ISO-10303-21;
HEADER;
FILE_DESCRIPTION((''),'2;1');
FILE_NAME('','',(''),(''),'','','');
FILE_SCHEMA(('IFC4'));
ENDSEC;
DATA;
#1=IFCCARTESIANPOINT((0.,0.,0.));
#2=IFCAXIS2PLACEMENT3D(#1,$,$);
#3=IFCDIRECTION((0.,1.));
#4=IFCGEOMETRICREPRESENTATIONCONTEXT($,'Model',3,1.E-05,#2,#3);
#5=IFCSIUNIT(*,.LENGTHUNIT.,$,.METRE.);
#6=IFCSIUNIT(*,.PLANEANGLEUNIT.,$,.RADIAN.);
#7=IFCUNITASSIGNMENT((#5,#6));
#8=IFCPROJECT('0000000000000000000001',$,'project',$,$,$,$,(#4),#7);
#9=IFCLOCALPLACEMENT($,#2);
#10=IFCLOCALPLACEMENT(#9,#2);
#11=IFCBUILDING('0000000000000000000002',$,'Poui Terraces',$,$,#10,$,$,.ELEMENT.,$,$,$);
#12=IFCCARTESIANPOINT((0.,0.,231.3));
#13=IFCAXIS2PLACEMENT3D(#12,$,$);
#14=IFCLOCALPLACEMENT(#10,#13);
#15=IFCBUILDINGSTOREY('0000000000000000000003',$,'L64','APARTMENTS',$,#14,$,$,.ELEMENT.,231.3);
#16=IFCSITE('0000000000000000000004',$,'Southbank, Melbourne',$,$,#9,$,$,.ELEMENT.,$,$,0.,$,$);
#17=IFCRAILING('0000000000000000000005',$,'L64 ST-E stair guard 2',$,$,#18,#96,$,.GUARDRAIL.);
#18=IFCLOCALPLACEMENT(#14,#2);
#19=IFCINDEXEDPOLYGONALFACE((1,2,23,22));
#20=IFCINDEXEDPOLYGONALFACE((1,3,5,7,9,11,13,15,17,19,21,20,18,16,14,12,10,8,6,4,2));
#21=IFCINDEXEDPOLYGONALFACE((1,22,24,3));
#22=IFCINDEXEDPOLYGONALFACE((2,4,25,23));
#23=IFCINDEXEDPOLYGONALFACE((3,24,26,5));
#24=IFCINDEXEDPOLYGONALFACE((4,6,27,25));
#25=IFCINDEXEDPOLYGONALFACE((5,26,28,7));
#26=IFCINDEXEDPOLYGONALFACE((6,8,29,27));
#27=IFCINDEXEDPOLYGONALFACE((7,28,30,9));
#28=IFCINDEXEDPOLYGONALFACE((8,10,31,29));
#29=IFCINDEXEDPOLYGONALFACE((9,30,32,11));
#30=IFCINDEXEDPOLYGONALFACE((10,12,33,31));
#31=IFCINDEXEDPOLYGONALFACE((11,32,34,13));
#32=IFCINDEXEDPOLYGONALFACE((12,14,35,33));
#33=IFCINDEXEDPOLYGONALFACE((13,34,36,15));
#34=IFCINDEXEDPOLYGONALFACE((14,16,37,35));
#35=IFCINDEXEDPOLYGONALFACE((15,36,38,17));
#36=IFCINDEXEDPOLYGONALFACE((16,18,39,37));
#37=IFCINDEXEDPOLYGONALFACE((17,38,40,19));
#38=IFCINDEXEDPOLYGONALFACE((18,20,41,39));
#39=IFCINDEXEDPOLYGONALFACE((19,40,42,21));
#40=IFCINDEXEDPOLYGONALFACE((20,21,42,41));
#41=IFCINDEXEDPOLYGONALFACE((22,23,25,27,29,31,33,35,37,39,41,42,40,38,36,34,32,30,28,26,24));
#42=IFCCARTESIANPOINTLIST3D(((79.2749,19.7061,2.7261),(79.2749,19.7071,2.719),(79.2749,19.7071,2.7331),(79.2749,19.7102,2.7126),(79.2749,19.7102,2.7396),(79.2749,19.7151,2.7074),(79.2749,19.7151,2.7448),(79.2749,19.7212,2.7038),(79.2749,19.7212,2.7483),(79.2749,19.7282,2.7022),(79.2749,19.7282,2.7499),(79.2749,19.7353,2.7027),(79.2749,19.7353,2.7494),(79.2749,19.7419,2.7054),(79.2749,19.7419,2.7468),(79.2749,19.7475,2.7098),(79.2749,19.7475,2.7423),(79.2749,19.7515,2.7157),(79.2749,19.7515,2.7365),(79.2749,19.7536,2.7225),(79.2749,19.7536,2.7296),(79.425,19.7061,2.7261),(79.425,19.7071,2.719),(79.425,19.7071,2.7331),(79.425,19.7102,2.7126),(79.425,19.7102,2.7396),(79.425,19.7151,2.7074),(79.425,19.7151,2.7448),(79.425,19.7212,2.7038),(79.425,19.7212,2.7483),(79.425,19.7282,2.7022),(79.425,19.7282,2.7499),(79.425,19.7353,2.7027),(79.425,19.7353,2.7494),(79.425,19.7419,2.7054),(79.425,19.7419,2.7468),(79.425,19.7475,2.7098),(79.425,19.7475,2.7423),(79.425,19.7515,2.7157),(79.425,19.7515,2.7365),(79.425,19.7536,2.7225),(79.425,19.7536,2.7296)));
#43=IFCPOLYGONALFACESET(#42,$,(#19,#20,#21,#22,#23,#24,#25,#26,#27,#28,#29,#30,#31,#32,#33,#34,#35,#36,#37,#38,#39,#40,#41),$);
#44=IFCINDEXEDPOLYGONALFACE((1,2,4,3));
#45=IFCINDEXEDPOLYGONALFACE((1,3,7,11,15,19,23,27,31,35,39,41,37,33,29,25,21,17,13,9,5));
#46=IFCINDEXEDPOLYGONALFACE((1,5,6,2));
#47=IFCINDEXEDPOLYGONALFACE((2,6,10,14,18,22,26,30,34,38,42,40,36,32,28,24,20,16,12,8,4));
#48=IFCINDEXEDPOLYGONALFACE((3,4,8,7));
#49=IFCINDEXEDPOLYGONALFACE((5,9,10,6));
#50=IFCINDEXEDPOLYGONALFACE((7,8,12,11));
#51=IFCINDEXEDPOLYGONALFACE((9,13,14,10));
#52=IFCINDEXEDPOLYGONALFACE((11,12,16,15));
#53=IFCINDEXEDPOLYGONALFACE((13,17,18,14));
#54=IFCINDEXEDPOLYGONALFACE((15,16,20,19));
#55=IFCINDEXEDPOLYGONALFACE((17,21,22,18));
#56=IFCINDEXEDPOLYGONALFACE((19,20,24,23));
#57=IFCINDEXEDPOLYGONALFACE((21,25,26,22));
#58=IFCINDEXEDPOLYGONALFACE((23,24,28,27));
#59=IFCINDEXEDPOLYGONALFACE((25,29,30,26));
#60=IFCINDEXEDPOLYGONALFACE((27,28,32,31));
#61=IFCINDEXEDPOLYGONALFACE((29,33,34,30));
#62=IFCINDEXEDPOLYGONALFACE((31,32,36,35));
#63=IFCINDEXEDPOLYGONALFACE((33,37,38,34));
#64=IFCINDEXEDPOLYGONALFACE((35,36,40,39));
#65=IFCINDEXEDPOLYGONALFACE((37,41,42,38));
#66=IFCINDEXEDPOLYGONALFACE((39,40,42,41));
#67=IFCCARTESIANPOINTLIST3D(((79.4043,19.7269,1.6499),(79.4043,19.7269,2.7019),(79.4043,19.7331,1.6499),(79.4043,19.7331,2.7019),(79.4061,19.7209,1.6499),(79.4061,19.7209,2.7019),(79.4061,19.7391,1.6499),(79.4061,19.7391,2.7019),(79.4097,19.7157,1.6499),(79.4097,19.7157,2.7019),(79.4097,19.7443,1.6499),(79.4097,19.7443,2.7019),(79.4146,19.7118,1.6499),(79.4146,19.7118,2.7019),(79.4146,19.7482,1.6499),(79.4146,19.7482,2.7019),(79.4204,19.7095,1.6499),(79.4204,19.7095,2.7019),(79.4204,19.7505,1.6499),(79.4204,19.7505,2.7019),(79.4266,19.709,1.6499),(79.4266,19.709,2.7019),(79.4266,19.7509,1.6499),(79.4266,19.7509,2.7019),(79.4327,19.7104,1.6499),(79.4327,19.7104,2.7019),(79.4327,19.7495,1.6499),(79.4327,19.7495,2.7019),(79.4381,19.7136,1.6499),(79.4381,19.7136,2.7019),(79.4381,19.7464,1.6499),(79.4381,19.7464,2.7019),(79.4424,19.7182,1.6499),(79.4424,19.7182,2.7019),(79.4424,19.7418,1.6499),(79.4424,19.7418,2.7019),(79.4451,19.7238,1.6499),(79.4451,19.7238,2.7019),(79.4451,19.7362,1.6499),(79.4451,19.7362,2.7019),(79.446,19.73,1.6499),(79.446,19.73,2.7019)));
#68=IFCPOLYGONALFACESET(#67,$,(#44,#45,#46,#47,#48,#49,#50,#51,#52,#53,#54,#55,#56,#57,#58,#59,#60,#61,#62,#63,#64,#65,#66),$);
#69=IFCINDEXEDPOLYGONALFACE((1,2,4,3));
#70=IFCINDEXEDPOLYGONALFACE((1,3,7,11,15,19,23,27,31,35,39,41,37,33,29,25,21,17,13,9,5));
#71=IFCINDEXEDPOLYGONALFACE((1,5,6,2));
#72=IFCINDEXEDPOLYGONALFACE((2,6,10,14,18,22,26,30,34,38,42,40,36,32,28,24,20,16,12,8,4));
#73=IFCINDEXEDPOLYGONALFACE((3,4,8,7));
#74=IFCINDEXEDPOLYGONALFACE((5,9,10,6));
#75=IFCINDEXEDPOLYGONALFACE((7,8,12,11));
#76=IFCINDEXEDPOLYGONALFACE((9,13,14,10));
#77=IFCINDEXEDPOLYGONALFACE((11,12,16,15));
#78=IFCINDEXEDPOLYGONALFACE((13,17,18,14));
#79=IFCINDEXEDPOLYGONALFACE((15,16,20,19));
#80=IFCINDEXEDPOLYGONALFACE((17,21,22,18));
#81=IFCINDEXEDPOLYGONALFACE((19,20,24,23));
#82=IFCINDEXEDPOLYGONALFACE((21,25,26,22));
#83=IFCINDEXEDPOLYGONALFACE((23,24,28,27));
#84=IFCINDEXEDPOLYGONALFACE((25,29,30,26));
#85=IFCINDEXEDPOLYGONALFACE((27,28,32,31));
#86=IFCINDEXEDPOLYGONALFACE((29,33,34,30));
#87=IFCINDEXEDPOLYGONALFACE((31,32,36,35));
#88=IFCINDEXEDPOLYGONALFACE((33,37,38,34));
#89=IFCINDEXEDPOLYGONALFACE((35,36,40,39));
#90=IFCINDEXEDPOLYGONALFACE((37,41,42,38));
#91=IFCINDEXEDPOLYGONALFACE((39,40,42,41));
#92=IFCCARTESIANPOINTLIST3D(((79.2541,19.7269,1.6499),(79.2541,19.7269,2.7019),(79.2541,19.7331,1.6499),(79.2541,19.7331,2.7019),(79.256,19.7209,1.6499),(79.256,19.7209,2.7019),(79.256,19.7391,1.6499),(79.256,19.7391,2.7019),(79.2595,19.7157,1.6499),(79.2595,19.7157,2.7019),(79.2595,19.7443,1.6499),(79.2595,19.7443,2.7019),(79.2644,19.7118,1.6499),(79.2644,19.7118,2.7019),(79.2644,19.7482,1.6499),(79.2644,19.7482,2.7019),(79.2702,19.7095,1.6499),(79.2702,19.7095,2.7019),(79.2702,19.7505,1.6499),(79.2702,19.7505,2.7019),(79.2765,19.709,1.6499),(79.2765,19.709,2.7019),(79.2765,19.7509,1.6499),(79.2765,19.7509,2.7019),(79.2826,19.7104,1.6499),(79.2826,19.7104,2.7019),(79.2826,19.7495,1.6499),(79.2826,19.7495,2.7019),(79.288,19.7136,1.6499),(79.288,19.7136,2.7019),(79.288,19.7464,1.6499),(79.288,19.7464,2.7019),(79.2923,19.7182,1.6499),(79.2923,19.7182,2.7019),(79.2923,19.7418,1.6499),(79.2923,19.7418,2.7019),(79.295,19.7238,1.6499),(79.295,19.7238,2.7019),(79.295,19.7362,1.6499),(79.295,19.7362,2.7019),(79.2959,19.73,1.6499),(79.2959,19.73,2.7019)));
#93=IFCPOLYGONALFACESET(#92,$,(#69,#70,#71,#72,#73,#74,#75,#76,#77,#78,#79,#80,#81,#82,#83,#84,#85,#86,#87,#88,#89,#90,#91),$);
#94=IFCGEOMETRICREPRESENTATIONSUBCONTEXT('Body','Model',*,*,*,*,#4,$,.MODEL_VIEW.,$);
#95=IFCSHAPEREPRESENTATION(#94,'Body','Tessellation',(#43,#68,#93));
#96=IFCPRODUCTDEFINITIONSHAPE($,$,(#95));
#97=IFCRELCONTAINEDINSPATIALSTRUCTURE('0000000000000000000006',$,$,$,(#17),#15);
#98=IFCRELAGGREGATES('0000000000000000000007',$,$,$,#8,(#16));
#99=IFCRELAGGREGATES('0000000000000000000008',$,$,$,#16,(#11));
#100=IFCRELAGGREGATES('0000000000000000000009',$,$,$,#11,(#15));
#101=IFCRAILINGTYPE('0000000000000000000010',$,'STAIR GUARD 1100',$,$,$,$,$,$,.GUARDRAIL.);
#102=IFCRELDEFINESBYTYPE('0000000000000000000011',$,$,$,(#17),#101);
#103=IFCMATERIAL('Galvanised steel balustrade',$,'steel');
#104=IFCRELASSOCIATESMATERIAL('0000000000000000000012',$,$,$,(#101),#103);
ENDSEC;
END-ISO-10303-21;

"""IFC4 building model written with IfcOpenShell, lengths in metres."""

from ifc_helpers import new_model, si_unit, direction, frame, origin, origin_2d, place, context, subcontext, project, spatial, circle, extrude, material, type_object, element, save


model = new_model("IFC4")

# Units and contexts
model_context = context("Model", 3, precision=1e-05, world=origin(), true_north=direction((0.0, 1.0)))
body_context = subcontext(model_context, "Body", "Model", "MODEL_VIEW")
ifc_project = project(units=[si_unit("LENGTHUNIT", "METRE"), si_unit("PLANEANGLEUNIT", "RADIAN")], contexts=[model_context])

# Site, building, storey
site_placement = place(None, origin())
site = spatial("IfcSite", under=ifc_project, at=site_placement, Name="Southbank, Melbourne", CompositionType="ELEMENT", RefElevation=0.0)
building_placement = place(site_placement, origin())
building = spatial("IfcBuilding", under=site, at=building_placement, Name="Poui Terraces", CompositionType="ELEMENT")
storey_placement = place(building_placement, frame((0.0, 0.0, 231.3)))
storey = spatial("IfcBuildingStorey", under=building, at=storey_placement, Name="L64", Description="APARTMENTS", CompositionType="ELEMENT", Elevation=231.3)

# Railing
ifc_material_1 = material(Name="Galvanised steel balustrade", Category="steel")
railing_type = type_object("IfcRailingType", Name="STAIR GUARD 1100", PredefinedType="GUARDRAIL", material=ifc_material_1)
for number, where, name in (
    (1, (79.425, 19.73, 1.6499), "L64 ST-E stair guard 2"),
):
    element("IfcRailing", number, at=place(storey_placement, frame(where)), inside=storey, type_object=railing_type, Name=name, PredefinedType="GUARDRAIL", context=body_context, shape_type="SweptSolid", body=[
        extrude(circle(Radius=0.0239, at=origin_2d()), frame((0.0, 0.0, 1.0762), z_axis=(-1.0, 0.0, 0.0), x_axis=(0.0, -1.0, 0.0)), (0.0, 0.0, 1.0), 0.1501),
        extrude(circle(Radius=0.021, at=origin_2d()), origin(), (0.0, 0.0, 1.0), 1.052),
        extrude(circle(Radius=0.021, at=origin_2d()), frame((-0.1501, 0.0, 0.0)), (0.0, 0.0, 1.0), 1.052),
    ])

save(model, "model.ifc")
